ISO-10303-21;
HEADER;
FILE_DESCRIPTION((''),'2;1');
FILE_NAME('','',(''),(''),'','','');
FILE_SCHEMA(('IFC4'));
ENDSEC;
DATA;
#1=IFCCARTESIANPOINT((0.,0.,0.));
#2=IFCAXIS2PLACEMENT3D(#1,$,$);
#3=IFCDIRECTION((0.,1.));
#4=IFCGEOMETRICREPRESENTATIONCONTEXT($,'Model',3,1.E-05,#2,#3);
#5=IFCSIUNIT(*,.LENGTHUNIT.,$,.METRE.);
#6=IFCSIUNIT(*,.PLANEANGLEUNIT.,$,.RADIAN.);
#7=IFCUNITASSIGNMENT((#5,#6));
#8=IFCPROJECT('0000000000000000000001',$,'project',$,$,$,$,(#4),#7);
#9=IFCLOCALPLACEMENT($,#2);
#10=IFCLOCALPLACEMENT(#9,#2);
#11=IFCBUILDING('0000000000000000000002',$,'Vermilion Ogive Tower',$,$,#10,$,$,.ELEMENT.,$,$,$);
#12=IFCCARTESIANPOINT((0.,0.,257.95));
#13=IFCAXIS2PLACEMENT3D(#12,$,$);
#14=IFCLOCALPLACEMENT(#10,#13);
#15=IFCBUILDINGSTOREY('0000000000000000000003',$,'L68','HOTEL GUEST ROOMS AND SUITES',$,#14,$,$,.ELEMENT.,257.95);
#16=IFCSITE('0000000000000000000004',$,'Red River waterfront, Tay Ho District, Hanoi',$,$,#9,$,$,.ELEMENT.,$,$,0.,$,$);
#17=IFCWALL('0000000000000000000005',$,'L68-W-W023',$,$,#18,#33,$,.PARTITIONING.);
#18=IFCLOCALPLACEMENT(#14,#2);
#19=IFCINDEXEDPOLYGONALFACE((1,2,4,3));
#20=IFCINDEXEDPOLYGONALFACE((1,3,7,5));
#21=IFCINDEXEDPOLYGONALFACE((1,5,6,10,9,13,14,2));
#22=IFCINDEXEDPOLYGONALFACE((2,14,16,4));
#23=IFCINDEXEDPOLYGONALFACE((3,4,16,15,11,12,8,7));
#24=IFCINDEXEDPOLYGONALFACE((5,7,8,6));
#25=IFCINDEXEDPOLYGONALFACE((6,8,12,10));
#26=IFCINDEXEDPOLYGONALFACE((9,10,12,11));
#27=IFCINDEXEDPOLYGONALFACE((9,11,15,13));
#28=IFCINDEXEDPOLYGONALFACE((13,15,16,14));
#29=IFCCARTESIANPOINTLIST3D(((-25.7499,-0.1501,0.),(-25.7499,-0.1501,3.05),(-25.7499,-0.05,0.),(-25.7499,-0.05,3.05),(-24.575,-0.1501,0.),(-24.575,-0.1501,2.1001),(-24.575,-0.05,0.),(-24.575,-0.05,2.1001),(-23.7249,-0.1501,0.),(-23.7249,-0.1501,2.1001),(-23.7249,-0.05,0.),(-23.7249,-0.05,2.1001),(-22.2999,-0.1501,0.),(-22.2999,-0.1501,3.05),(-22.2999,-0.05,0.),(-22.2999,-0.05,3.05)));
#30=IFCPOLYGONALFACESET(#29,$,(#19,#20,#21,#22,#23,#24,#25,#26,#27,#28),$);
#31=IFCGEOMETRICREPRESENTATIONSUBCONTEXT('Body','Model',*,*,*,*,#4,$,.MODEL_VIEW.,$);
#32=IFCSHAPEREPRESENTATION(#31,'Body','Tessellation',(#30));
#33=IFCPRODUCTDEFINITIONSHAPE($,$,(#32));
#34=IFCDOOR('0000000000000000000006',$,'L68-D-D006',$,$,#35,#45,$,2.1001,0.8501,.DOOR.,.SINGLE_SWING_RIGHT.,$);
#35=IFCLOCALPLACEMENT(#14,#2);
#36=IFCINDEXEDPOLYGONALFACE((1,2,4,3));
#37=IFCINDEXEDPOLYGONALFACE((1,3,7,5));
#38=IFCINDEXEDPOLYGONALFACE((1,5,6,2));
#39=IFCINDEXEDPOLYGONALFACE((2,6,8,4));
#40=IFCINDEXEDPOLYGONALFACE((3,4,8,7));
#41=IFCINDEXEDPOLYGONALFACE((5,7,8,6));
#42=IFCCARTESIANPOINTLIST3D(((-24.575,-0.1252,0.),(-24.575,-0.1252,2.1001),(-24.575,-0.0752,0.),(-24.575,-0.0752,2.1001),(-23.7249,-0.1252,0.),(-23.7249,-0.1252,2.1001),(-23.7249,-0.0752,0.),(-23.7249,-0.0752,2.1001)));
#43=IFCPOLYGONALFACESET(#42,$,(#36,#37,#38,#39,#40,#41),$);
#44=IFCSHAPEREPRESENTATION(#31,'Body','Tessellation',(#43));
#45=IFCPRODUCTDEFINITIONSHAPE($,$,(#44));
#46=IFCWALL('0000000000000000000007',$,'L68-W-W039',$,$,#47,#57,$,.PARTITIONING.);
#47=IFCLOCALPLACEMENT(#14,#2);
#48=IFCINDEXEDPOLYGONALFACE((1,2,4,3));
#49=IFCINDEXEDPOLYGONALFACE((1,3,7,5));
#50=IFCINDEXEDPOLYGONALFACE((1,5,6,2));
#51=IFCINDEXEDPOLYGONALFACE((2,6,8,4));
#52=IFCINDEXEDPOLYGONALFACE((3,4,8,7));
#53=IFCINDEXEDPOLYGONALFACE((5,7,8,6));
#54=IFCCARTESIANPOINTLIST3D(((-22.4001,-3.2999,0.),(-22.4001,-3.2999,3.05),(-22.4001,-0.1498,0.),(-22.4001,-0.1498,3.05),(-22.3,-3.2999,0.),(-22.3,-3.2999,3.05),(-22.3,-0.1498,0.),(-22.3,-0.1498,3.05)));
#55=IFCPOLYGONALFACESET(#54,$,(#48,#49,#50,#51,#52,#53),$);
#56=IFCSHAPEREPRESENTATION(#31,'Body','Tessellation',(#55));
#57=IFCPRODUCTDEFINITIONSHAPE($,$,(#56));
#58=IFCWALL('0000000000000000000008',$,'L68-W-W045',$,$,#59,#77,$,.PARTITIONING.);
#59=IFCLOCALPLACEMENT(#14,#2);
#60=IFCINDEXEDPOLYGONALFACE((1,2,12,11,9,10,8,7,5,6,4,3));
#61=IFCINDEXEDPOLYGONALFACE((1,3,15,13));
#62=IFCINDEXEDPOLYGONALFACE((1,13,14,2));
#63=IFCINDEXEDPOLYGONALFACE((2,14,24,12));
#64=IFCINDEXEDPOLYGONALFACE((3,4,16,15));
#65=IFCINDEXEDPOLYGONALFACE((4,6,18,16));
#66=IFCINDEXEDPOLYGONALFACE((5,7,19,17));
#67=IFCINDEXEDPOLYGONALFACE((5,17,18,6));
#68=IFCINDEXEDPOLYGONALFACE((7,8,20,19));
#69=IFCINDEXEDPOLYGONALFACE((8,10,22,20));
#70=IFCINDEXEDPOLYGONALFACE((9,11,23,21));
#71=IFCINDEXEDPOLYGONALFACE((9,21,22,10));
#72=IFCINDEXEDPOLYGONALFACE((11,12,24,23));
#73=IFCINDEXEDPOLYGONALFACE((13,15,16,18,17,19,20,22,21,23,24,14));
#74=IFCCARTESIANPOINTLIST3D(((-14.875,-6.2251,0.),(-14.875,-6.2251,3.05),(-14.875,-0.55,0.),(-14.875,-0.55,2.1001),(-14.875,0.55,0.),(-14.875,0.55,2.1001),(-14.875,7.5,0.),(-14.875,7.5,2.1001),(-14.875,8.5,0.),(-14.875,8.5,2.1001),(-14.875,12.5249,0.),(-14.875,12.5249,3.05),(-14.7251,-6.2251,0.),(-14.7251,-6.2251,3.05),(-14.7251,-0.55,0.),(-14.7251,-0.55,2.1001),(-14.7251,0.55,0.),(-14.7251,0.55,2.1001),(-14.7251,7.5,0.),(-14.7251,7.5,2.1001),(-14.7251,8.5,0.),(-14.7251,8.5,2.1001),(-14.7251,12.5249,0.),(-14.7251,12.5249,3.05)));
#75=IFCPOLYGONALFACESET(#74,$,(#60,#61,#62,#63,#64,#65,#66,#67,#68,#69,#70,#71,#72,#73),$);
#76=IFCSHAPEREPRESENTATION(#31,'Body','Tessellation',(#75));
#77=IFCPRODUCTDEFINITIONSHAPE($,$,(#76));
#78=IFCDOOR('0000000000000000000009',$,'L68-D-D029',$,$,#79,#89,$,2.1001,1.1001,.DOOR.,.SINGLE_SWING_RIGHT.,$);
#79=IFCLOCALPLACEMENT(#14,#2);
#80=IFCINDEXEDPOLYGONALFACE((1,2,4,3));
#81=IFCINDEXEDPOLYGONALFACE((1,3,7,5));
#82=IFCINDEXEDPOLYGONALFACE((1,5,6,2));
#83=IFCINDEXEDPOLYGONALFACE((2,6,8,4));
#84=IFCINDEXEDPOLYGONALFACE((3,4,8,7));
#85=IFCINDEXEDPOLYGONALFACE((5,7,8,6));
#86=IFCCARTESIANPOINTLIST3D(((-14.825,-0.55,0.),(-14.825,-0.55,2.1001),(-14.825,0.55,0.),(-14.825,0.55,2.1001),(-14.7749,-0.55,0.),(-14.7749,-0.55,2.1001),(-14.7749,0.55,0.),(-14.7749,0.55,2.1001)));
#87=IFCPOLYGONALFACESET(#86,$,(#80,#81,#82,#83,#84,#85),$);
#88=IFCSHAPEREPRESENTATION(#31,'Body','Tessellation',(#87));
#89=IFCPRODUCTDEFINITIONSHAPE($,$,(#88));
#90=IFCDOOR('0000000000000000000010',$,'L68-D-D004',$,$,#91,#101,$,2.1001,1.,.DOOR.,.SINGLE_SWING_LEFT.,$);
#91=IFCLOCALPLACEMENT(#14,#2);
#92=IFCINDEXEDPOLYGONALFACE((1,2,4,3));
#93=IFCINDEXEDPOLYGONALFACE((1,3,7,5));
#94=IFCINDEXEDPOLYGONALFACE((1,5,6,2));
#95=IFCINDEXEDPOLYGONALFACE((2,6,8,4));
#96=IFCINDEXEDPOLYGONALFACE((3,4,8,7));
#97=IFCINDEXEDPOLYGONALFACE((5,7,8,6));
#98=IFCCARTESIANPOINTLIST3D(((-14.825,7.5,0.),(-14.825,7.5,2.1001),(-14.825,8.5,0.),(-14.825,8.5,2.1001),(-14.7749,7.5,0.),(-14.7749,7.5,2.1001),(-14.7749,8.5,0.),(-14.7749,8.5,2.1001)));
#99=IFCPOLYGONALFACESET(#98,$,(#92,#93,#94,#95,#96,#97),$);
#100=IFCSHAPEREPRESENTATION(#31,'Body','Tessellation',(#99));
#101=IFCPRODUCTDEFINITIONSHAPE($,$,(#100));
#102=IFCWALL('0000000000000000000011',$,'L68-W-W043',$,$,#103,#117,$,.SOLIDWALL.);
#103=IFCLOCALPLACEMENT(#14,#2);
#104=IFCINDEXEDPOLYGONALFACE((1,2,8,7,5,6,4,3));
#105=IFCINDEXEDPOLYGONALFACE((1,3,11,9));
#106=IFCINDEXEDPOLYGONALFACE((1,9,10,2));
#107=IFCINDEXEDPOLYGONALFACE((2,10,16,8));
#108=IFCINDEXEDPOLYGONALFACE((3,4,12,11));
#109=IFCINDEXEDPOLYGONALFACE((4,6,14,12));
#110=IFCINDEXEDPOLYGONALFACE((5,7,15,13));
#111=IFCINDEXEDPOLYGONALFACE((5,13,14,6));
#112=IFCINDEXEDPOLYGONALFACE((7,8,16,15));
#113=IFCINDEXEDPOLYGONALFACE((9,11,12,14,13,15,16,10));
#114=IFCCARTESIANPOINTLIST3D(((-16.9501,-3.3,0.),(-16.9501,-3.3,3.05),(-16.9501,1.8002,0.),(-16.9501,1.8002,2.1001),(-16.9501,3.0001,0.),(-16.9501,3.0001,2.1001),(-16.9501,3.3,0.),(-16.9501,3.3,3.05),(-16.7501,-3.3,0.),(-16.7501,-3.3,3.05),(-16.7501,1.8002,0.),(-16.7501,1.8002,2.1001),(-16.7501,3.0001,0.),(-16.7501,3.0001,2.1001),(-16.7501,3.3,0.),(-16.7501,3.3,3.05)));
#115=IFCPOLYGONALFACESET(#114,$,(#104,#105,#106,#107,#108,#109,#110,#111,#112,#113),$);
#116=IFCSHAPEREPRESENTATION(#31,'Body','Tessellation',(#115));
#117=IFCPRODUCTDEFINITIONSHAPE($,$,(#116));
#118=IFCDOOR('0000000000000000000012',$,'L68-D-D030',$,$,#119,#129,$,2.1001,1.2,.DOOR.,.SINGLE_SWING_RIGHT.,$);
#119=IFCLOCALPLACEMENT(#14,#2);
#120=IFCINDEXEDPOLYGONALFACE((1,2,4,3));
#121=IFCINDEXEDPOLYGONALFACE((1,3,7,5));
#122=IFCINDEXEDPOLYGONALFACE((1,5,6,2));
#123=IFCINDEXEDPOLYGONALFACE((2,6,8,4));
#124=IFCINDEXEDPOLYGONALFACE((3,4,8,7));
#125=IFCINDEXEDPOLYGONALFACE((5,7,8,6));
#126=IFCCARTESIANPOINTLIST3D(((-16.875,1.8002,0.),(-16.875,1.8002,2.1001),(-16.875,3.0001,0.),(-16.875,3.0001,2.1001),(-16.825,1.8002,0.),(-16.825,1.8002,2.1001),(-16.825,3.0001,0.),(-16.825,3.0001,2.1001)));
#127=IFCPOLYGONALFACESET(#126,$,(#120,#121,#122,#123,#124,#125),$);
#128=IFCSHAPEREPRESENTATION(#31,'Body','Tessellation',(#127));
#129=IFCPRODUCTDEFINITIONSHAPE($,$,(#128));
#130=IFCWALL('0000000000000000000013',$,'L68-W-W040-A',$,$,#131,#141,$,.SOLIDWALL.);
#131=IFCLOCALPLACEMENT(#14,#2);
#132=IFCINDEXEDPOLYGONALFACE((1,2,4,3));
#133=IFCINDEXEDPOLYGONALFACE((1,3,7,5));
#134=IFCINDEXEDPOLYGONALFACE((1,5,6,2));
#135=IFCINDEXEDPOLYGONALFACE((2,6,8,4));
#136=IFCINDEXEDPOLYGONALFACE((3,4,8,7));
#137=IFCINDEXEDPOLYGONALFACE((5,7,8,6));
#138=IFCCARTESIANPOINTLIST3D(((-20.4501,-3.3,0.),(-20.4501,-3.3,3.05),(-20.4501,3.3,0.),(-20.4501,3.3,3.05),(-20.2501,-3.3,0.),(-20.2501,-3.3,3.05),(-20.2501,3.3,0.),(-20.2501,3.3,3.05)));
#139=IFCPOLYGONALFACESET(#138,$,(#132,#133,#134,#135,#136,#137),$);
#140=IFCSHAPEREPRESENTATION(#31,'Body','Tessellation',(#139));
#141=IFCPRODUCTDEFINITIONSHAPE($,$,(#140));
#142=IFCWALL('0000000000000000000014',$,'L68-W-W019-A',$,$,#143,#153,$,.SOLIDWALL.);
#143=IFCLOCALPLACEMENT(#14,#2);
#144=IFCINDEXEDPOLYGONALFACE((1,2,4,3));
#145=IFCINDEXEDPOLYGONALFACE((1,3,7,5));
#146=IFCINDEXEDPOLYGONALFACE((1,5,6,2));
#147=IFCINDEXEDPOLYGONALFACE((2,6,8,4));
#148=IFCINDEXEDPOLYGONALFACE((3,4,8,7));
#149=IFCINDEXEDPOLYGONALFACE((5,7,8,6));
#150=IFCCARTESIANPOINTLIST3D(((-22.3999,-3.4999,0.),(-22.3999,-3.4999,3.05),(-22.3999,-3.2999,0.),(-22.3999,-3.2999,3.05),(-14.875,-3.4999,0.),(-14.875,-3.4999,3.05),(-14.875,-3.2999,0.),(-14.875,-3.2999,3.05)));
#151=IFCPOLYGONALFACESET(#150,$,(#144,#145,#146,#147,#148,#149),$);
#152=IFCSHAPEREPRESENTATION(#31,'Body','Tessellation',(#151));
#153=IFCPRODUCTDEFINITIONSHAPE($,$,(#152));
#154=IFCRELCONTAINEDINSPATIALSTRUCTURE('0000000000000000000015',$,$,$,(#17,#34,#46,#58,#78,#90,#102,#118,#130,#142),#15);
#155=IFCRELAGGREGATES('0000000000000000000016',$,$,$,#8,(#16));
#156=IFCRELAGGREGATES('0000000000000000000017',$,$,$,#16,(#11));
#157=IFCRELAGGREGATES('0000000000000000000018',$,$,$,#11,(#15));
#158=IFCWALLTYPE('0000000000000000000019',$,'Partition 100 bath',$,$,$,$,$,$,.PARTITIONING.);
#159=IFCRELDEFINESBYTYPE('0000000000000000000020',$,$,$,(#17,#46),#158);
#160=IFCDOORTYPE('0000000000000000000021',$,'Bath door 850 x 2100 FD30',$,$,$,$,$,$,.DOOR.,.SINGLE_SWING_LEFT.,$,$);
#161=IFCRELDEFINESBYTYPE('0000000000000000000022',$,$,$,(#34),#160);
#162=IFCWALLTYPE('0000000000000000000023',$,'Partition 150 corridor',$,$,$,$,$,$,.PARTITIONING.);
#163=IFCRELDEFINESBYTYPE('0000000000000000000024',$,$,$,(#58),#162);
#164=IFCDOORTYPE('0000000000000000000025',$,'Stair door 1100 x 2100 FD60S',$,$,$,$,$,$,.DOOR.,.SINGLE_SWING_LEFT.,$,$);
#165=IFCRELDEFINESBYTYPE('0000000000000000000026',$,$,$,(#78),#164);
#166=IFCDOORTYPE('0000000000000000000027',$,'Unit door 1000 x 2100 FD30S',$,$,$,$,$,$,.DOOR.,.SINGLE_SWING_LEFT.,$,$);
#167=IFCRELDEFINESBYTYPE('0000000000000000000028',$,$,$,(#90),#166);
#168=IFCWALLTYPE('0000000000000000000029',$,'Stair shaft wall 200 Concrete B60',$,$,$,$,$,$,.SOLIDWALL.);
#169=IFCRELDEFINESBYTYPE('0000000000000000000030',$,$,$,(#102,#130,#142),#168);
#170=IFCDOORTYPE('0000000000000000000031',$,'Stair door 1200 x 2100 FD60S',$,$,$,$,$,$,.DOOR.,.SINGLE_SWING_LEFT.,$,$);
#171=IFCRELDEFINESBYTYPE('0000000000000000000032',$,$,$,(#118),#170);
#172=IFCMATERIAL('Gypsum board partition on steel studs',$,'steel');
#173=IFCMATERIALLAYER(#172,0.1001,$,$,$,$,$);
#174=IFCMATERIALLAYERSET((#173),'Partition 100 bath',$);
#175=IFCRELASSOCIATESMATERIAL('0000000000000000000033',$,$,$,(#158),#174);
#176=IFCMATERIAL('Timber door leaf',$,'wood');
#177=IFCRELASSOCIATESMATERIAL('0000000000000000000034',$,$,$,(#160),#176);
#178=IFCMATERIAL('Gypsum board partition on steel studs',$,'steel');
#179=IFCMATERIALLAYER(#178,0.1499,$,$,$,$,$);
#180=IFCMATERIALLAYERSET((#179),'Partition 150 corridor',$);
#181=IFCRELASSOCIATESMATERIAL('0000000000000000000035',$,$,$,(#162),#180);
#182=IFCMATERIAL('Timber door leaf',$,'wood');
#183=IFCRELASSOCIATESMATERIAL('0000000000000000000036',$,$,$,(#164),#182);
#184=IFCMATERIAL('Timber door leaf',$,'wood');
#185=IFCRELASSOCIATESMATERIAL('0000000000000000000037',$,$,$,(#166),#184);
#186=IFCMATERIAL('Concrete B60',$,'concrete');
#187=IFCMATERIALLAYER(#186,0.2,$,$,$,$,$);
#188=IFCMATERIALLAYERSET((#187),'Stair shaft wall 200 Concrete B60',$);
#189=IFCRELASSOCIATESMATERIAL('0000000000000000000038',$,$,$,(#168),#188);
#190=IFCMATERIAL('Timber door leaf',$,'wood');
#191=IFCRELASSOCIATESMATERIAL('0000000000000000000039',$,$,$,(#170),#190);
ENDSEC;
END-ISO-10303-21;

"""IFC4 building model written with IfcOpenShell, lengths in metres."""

from ifc_helpers import new_model, si_unit, direction, frame, frame_2d, origin, place, context, subcontext, project, spatial, rectangle, extrude, material, layer, layer_set, type_object, element, fill, save


model = new_model("IFC4")

# Units and contexts
model_context = context("Model", 3, precision=1e-05, world=origin(), true_north=direction((0.0, 1.0)))
body_context = subcontext(model_context, "Body", "Model", "MODEL_VIEW")
ifc_project = project(units=[si_unit("LENGTHUNIT", "METRE"), si_unit("PLANEANGLEUNIT", "RADIAN")], contexts=[model_context])

# Site, building, storey
site_placement = place(None, origin())
site = spatial("IfcSite", under=ifc_project, at=site_placement, Name="Red River waterfront, Tay Ho District, Hanoi", CompositionType="ELEMENT", RefElevation=0.0)
building_placement = place(site_placement, origin())
building = spatial("IfcBuilding", under=site, at=building_placement, Name="Vermilion Ogive Tower", CompositionType="ELEMENT")
storey_placement = place(building_placement, frame((0.0, 0.0, 257.95)))
storey = spatial("IfcBuildingStorey", under=building, at=storey_placement, Name="L68", Description="HOTEL GUEST ROOMS AND SUITES", CompositionType="ELEMENT", Elevation=257.95)

# Wall, opening, door
ifc_material_1 = material(Name="Gypsum board partition on steel studs", Category="steel")
ifc_layer_1 = layer(ifc_material_1, 0.1001)
ifc_layer_set_1 = layer_set([ifc_layer_1], Name="Partition 100 bath")
wall_type_1 = type_object("IfcWallType", Name="Partition 100 bath", PredefinedType="PARTITIONING", material=ifc_layer_set_1)
wall_1_placement = place(storey_placement, frame((-25.75, -0.1001, 0.0), z_axis=(0.0, 0.0, 1.0), x_axis=(1.0, 0.0, 0.0)))
wall_1 = element("IfcWall", 1, at=wall_1_placement, inside=storey, type_object=wall_type_1, Name="L68-W-W023", PredefinedType="PARTITIONING", context=body_context, shape_type="SweptSolid", body=[
    extrude(rectangle(XDim=3.45, YDim=0.1001, at=frame_2d((1.7251, 0.0))), origin(), (0.0, 0.0, 1.0), 3.05),
])
opening_1_placement = place(wall_1_placement, frame((1.175, 0.0, 0.0)))
opening_1 = element("IfcOpeningElement", 2, at=opening_1_placement, cuts=wall_1, PredefinedType="OPENING", context=body_context, shape_type="SweptSolid", body=[
    extrude(rectangle(XDim=0.8501, YDim=2.1001, at=frame_2d((0.425, 1.05))), frame((0.0, 0.0601, 0.0), z_axis=(0.0, -1.0, 0.0), x_axis=(1.0, 0.0, 0.0)), (0.0, 0.0, 1.0), 0.1201),
])
ifc_material_2 = material(Name="Timber door leaf", Category="wood")
door_type_1 = type_object("IfcDoorType", Name="Bath door 850 x 2100 FD30", OperationType="SINGLE_SWING_LEFT", PredefinedType="DOOR", material=ifc_material_2)
door_1_placement = place(opening_1_placement, origin())
door_1 = element("IfcDoor", 3, at=door_1_placement, inside=storey, type_object=door_type_1, Name="L68-D-D006", OperationType="SINGLE_SWING_RIGHT", OverallHeight=2.1001, OverallWidth=0.8501, PredefinedType="DOOR", context=body_context, shape_type="SweptSolid", body=[
    extrude(rectangle(XDim=0.8501, YDim=2.1001, at=frame_2d((0.425, 1.05))), frame((0.0, 0.0249, 0.0), z_axis=(0.0, -1.0, 0.0), x_axis=(1.0, 0.0, 0.0)), (0.0, 0.0, 1.0), 0.05),
])
fill(opening_1, door_1)

# Wall
wall_2_placement = place(storey_placement, frame((-22.3501, -3.3, 0.0), z_axis=(0.0, 0.0, 1.0), x_axis=(0.0, 1.0, 0.0)))
element("IfcWall", 4, at=wall_2_placement, inside=storey, type_object=wall_type_1, Name="L68-W-W039", PredefinedType="PARTITIONING", context=body_context, shape_type="SweptSolid", body=[
    extrude(rectangle(XDim=3.1501, YDim=0.1001, at=frame_2d((1.5752, 0.0))), origin(), (0.0, 0.0, 1.0), 3.05),
])

# Wall, openings, doors
ifc_material_3 = material(Name="Gypsum board partition on steel studs", Category="steel")
ifc_layer_2 = layer(ifc_material_3, 0.1499)
ifc_layer_set_2 = layer_set([ifc_layer_2], Name="Partition 150 corridor")
wall_type_2 = type_object("IfcWallType", Name="Partition 150 corridor", PredefinedType="PARTITIONING", material=ifc_layer_set_2)
wall_3_placement = place(storey_placement, frame((-14.8, -6.2251, 0.0), z_axis=(0.0, 0.0, 1.0), x_axis=(0.0, 1.0, 0.0)))
wall_3 = element("IfcWall", 5, at=wall_3_placement, inside=storey, type_object=wall_type_2, Name="L68-W-W045", PredefinedType="PARTITIONING", context=body_context, shape_type="SweptSolid", body=[
    extrude(rectangle(XDim=18.75, YDim=0.1499, at=frame_2d((9.375, 0.0))), origin(), (0.0, 0.0, 1.0), 3.05),
])
opening_2_placement = place(wall_3_placement, frame((13.7251, 0.0, 0.0)))
opening_2 = element("IfcOpeningElement", 6, at=opening_2_placement, cuts=wall_3, PredefinedType="OPENING", context=body_context, shape_type="SweptSolid", body=[
    extrude(rectangle(XDim=1.0, YDim=2.1001, at=frame_2d((0.5, 1.05))), frame((0.0, 0.085, 0.0), z_axis=(0.0, -1.0, 0.0), x_axis=(1.0, 0.0, 0.0)), (0.0, 0.0, 1.0), 0.1699),
])
opening_3_placement = place(wall_3_placement, frame((5.675, 0.0, 0.0)))
opening_3 = element("IfcOpeningElement", 7, at=opening_3_placement, cuts=wall_3, PredefinedType="OPENING", context=body_context, shape_type="SweptSolid", body=[
    extrude(rectangle(XDim=1.1001, YDim=2.1001, at=frame_2d((0.55, 1.05))), frame((0.0, 0.085, 0.0), z_axis=(0.0, -1.0, 0.0), x_axis=(1.0, 0.0, 0.0)), (0.0, 0.0, 1.0), 0.1699),
])
ifc_material_4 = material(Name="Timber door leaf", Category="wood")
door_type_2 = type_object("IfcDoorType", Name="Stair door 1100 x 2100 FD60S", OperationType="SINGLE_SWING_LEFT", PredefinedType="DOOR", material=ifc_material_4)
door_2_placement = place(opening_3_placement, origin())
door_2 = element("IfcDoor", 8, at=door_2_placement, inside=storey, type_object=door_type_2, Name="L68-D-D029", OperationType="SINGLE_SWING_RIGHT", OverallHeight=2.1001, OverallWidth=1.1001, PredefinedType="DOOR", context=body_context, shape_type="SweptSolid", body=[
    extrude(rectangle(XDim=1.1001, YDim=2.1001, at=frame_2d((0.55, 1.05))), frame((0.0, 0.0249, 0.0), z_axis=(0.0, -1.0, 0.0), x_axis=(1.0, 0.0, 0.0)), (0.0, 0.0, 1.0), 0.05),
])
fill(opening_3, door_2)
ifc_material_5 = material(Name="Timber door leaf", Category="wood")
door_type_3 = type_object("IfcDoorType", Name="Unit door 1000 x 2100 FD30S", OperationType="SINGLE_SWING_LEFT", PredefinedType="DOOR", material=ifc_material_5)
door_3_placement = place(opening_2_placement, origin())
door_3 = element("IfcDoor", 9, at=door_3_placement, inside=storey, type_object=door_type_3, Name="L68-D-D004", OperationType="SINGLE_SWING_LEFT", OverallHeight=2.1001, OverallWidth=1.0, PredefinedType="DOOR", context=body_context, shape_type="SweptSolid", body=[
    extrude(rectangle(XDim=1.0, YDim=2.1001, at=frame_2d((0.5, 1.05))), frame((0.0, 0.0249, 0.0), z_axis=(0.0, -1.0, 0.0), x_axis=(1.0, 0.0, 0.0)), (0.0, 0.0, 1.0), 0.05),
])
fill(opening_2, door_3)

# Wall, opening, door
ifc_material_6 = material(Name="Concrete B60", Category="concrete")
ifc_layer_3 = layer(ifc_material_6, 0.2)
ifc_layer_set_3 = layer_set([ifc_layer_3], Name="Stair shaft wall 200 Concrete B60")
wall_type_3 = type_object("IfcWallType", Name="Stair shaft wall 200 Concrete B60", PredefinedType="SOLIDWALL", material=ifc_layer_set_3)
wall_4_placement = place(storey_placement, frame((-16.8501, -3.3, 0.0), z_axis=(0.0, 0.0, 1.0), x_axis=(0.0, 1.0, 0.0)))
wall_4 = element("IfcWall", 10, at=wall_4_placement, inside=storey, type_object=wall_type_3, Name="L68-W-W043", PredefinedType="SOLIDWALL", context=body_context, shape_type="SweptSolid", body=[
    extrude(rectangle(XDim=6.6001, YDim=0.2, at=frame_2d((3.3, 0.0))), origin(), (0.0, 0.0, 1.0), 3.05),
])
opening_4_placement = place(wall_4_placement, frame((5.1001, 0.0, 0.0)))
opening_4 = element("IfcOpeningElement", 11, at=opening_4_placement, cuts=wall_4, PredefinedType="OPENING", context=body_context, shape_type="SweptSolid", body=[
    extrude(rectangle(XDim=1.2, YDim=2.1001, at=frame_2d((0.6001, 1.05))), frame((0.0, 0.1099, 0.0), z_axis=(0.0, -1.0, 0.0), x_axis=(1.0, 0.0, 0.0)), (0.0, 0.0, 1.0), 0.22),
])
ifc_material_7 = material(Name="Timber door leaf", Category="wood")
door_type_4 = type_object("IfcDoorType", Name="Stair door 1200 x 2100 FD60S", OperationType="SINGLE_SWING_LEFT", PredefinedType="DOOR", material=ifc_material_7)
door_4_placement = place(opening_4_placement, origin())
door_4 = element("IfcDoor", 12, at=door_4_placement, inside=storey, type_object=door_type_4, Name="L68-D-D030", OperationType="SINGLE_SWING_RIGHT", OverallHeight=2.1001, OverallWidth=1.2, PredefinedType="DOOR", context=body_context, shape_type="SweptSolid", body=[
    extrude(rectangle(XDim=1.2, YDim=2.1001, at=frame_2d((0.6001, 1.05))), frame((0.0, 0.0249, 0.0), z_axis=(0.0, -1.0, 0.0), x_axis=(1.0, 0.0, 0.0)), (0.0, 0.0, 1.0), 0.05),
])
fill(opening_4, door_4)

# Walls
wall_5_placement = place(storey_placement, frame((-20.3501, -3.3, 0.0), z_axis=(0.0, 0.0, 1.0), x_axis=(0.0, 1.0, 0.0)))
element("IfcWall", 13, at=wall_5_placement, inside=storey, type_object=wall_type_3, Name="L68-W-W040-A", PredefinedType="SOLIDWALL", context=body_context, shape_type="SweptSolid", body=[
    extrude(rectangle(XDim=6.6001, YDim=0.2, at=frame_2d((3.3, 0.0))), origin(), (0.0, 0.0, 1.0), 3.05),
])
wall_6_placement = place(storey_placement, frame((-22.3999, -3.3999, 0.0), z_axis=(0.0, 0.0, 1.0), x_axis=(1.0, 0.0, 0.0)))
element("IfcWall", 14, at=wall_6_placement, inside=storey, type_object=wall_type_3, Name="L68-W-W019-A", PredefinedType="SOLIDWALL", context=body_context, shape_type="SweptSolid", body=[
    extrude(rectangle(XDim=7.5249, YDim=0.2, at=frame_2d((3.7625, 0.0))), origin(), (0.0, 0.0, 1.0), 3.05),
])

save(model, "model.ifc")
